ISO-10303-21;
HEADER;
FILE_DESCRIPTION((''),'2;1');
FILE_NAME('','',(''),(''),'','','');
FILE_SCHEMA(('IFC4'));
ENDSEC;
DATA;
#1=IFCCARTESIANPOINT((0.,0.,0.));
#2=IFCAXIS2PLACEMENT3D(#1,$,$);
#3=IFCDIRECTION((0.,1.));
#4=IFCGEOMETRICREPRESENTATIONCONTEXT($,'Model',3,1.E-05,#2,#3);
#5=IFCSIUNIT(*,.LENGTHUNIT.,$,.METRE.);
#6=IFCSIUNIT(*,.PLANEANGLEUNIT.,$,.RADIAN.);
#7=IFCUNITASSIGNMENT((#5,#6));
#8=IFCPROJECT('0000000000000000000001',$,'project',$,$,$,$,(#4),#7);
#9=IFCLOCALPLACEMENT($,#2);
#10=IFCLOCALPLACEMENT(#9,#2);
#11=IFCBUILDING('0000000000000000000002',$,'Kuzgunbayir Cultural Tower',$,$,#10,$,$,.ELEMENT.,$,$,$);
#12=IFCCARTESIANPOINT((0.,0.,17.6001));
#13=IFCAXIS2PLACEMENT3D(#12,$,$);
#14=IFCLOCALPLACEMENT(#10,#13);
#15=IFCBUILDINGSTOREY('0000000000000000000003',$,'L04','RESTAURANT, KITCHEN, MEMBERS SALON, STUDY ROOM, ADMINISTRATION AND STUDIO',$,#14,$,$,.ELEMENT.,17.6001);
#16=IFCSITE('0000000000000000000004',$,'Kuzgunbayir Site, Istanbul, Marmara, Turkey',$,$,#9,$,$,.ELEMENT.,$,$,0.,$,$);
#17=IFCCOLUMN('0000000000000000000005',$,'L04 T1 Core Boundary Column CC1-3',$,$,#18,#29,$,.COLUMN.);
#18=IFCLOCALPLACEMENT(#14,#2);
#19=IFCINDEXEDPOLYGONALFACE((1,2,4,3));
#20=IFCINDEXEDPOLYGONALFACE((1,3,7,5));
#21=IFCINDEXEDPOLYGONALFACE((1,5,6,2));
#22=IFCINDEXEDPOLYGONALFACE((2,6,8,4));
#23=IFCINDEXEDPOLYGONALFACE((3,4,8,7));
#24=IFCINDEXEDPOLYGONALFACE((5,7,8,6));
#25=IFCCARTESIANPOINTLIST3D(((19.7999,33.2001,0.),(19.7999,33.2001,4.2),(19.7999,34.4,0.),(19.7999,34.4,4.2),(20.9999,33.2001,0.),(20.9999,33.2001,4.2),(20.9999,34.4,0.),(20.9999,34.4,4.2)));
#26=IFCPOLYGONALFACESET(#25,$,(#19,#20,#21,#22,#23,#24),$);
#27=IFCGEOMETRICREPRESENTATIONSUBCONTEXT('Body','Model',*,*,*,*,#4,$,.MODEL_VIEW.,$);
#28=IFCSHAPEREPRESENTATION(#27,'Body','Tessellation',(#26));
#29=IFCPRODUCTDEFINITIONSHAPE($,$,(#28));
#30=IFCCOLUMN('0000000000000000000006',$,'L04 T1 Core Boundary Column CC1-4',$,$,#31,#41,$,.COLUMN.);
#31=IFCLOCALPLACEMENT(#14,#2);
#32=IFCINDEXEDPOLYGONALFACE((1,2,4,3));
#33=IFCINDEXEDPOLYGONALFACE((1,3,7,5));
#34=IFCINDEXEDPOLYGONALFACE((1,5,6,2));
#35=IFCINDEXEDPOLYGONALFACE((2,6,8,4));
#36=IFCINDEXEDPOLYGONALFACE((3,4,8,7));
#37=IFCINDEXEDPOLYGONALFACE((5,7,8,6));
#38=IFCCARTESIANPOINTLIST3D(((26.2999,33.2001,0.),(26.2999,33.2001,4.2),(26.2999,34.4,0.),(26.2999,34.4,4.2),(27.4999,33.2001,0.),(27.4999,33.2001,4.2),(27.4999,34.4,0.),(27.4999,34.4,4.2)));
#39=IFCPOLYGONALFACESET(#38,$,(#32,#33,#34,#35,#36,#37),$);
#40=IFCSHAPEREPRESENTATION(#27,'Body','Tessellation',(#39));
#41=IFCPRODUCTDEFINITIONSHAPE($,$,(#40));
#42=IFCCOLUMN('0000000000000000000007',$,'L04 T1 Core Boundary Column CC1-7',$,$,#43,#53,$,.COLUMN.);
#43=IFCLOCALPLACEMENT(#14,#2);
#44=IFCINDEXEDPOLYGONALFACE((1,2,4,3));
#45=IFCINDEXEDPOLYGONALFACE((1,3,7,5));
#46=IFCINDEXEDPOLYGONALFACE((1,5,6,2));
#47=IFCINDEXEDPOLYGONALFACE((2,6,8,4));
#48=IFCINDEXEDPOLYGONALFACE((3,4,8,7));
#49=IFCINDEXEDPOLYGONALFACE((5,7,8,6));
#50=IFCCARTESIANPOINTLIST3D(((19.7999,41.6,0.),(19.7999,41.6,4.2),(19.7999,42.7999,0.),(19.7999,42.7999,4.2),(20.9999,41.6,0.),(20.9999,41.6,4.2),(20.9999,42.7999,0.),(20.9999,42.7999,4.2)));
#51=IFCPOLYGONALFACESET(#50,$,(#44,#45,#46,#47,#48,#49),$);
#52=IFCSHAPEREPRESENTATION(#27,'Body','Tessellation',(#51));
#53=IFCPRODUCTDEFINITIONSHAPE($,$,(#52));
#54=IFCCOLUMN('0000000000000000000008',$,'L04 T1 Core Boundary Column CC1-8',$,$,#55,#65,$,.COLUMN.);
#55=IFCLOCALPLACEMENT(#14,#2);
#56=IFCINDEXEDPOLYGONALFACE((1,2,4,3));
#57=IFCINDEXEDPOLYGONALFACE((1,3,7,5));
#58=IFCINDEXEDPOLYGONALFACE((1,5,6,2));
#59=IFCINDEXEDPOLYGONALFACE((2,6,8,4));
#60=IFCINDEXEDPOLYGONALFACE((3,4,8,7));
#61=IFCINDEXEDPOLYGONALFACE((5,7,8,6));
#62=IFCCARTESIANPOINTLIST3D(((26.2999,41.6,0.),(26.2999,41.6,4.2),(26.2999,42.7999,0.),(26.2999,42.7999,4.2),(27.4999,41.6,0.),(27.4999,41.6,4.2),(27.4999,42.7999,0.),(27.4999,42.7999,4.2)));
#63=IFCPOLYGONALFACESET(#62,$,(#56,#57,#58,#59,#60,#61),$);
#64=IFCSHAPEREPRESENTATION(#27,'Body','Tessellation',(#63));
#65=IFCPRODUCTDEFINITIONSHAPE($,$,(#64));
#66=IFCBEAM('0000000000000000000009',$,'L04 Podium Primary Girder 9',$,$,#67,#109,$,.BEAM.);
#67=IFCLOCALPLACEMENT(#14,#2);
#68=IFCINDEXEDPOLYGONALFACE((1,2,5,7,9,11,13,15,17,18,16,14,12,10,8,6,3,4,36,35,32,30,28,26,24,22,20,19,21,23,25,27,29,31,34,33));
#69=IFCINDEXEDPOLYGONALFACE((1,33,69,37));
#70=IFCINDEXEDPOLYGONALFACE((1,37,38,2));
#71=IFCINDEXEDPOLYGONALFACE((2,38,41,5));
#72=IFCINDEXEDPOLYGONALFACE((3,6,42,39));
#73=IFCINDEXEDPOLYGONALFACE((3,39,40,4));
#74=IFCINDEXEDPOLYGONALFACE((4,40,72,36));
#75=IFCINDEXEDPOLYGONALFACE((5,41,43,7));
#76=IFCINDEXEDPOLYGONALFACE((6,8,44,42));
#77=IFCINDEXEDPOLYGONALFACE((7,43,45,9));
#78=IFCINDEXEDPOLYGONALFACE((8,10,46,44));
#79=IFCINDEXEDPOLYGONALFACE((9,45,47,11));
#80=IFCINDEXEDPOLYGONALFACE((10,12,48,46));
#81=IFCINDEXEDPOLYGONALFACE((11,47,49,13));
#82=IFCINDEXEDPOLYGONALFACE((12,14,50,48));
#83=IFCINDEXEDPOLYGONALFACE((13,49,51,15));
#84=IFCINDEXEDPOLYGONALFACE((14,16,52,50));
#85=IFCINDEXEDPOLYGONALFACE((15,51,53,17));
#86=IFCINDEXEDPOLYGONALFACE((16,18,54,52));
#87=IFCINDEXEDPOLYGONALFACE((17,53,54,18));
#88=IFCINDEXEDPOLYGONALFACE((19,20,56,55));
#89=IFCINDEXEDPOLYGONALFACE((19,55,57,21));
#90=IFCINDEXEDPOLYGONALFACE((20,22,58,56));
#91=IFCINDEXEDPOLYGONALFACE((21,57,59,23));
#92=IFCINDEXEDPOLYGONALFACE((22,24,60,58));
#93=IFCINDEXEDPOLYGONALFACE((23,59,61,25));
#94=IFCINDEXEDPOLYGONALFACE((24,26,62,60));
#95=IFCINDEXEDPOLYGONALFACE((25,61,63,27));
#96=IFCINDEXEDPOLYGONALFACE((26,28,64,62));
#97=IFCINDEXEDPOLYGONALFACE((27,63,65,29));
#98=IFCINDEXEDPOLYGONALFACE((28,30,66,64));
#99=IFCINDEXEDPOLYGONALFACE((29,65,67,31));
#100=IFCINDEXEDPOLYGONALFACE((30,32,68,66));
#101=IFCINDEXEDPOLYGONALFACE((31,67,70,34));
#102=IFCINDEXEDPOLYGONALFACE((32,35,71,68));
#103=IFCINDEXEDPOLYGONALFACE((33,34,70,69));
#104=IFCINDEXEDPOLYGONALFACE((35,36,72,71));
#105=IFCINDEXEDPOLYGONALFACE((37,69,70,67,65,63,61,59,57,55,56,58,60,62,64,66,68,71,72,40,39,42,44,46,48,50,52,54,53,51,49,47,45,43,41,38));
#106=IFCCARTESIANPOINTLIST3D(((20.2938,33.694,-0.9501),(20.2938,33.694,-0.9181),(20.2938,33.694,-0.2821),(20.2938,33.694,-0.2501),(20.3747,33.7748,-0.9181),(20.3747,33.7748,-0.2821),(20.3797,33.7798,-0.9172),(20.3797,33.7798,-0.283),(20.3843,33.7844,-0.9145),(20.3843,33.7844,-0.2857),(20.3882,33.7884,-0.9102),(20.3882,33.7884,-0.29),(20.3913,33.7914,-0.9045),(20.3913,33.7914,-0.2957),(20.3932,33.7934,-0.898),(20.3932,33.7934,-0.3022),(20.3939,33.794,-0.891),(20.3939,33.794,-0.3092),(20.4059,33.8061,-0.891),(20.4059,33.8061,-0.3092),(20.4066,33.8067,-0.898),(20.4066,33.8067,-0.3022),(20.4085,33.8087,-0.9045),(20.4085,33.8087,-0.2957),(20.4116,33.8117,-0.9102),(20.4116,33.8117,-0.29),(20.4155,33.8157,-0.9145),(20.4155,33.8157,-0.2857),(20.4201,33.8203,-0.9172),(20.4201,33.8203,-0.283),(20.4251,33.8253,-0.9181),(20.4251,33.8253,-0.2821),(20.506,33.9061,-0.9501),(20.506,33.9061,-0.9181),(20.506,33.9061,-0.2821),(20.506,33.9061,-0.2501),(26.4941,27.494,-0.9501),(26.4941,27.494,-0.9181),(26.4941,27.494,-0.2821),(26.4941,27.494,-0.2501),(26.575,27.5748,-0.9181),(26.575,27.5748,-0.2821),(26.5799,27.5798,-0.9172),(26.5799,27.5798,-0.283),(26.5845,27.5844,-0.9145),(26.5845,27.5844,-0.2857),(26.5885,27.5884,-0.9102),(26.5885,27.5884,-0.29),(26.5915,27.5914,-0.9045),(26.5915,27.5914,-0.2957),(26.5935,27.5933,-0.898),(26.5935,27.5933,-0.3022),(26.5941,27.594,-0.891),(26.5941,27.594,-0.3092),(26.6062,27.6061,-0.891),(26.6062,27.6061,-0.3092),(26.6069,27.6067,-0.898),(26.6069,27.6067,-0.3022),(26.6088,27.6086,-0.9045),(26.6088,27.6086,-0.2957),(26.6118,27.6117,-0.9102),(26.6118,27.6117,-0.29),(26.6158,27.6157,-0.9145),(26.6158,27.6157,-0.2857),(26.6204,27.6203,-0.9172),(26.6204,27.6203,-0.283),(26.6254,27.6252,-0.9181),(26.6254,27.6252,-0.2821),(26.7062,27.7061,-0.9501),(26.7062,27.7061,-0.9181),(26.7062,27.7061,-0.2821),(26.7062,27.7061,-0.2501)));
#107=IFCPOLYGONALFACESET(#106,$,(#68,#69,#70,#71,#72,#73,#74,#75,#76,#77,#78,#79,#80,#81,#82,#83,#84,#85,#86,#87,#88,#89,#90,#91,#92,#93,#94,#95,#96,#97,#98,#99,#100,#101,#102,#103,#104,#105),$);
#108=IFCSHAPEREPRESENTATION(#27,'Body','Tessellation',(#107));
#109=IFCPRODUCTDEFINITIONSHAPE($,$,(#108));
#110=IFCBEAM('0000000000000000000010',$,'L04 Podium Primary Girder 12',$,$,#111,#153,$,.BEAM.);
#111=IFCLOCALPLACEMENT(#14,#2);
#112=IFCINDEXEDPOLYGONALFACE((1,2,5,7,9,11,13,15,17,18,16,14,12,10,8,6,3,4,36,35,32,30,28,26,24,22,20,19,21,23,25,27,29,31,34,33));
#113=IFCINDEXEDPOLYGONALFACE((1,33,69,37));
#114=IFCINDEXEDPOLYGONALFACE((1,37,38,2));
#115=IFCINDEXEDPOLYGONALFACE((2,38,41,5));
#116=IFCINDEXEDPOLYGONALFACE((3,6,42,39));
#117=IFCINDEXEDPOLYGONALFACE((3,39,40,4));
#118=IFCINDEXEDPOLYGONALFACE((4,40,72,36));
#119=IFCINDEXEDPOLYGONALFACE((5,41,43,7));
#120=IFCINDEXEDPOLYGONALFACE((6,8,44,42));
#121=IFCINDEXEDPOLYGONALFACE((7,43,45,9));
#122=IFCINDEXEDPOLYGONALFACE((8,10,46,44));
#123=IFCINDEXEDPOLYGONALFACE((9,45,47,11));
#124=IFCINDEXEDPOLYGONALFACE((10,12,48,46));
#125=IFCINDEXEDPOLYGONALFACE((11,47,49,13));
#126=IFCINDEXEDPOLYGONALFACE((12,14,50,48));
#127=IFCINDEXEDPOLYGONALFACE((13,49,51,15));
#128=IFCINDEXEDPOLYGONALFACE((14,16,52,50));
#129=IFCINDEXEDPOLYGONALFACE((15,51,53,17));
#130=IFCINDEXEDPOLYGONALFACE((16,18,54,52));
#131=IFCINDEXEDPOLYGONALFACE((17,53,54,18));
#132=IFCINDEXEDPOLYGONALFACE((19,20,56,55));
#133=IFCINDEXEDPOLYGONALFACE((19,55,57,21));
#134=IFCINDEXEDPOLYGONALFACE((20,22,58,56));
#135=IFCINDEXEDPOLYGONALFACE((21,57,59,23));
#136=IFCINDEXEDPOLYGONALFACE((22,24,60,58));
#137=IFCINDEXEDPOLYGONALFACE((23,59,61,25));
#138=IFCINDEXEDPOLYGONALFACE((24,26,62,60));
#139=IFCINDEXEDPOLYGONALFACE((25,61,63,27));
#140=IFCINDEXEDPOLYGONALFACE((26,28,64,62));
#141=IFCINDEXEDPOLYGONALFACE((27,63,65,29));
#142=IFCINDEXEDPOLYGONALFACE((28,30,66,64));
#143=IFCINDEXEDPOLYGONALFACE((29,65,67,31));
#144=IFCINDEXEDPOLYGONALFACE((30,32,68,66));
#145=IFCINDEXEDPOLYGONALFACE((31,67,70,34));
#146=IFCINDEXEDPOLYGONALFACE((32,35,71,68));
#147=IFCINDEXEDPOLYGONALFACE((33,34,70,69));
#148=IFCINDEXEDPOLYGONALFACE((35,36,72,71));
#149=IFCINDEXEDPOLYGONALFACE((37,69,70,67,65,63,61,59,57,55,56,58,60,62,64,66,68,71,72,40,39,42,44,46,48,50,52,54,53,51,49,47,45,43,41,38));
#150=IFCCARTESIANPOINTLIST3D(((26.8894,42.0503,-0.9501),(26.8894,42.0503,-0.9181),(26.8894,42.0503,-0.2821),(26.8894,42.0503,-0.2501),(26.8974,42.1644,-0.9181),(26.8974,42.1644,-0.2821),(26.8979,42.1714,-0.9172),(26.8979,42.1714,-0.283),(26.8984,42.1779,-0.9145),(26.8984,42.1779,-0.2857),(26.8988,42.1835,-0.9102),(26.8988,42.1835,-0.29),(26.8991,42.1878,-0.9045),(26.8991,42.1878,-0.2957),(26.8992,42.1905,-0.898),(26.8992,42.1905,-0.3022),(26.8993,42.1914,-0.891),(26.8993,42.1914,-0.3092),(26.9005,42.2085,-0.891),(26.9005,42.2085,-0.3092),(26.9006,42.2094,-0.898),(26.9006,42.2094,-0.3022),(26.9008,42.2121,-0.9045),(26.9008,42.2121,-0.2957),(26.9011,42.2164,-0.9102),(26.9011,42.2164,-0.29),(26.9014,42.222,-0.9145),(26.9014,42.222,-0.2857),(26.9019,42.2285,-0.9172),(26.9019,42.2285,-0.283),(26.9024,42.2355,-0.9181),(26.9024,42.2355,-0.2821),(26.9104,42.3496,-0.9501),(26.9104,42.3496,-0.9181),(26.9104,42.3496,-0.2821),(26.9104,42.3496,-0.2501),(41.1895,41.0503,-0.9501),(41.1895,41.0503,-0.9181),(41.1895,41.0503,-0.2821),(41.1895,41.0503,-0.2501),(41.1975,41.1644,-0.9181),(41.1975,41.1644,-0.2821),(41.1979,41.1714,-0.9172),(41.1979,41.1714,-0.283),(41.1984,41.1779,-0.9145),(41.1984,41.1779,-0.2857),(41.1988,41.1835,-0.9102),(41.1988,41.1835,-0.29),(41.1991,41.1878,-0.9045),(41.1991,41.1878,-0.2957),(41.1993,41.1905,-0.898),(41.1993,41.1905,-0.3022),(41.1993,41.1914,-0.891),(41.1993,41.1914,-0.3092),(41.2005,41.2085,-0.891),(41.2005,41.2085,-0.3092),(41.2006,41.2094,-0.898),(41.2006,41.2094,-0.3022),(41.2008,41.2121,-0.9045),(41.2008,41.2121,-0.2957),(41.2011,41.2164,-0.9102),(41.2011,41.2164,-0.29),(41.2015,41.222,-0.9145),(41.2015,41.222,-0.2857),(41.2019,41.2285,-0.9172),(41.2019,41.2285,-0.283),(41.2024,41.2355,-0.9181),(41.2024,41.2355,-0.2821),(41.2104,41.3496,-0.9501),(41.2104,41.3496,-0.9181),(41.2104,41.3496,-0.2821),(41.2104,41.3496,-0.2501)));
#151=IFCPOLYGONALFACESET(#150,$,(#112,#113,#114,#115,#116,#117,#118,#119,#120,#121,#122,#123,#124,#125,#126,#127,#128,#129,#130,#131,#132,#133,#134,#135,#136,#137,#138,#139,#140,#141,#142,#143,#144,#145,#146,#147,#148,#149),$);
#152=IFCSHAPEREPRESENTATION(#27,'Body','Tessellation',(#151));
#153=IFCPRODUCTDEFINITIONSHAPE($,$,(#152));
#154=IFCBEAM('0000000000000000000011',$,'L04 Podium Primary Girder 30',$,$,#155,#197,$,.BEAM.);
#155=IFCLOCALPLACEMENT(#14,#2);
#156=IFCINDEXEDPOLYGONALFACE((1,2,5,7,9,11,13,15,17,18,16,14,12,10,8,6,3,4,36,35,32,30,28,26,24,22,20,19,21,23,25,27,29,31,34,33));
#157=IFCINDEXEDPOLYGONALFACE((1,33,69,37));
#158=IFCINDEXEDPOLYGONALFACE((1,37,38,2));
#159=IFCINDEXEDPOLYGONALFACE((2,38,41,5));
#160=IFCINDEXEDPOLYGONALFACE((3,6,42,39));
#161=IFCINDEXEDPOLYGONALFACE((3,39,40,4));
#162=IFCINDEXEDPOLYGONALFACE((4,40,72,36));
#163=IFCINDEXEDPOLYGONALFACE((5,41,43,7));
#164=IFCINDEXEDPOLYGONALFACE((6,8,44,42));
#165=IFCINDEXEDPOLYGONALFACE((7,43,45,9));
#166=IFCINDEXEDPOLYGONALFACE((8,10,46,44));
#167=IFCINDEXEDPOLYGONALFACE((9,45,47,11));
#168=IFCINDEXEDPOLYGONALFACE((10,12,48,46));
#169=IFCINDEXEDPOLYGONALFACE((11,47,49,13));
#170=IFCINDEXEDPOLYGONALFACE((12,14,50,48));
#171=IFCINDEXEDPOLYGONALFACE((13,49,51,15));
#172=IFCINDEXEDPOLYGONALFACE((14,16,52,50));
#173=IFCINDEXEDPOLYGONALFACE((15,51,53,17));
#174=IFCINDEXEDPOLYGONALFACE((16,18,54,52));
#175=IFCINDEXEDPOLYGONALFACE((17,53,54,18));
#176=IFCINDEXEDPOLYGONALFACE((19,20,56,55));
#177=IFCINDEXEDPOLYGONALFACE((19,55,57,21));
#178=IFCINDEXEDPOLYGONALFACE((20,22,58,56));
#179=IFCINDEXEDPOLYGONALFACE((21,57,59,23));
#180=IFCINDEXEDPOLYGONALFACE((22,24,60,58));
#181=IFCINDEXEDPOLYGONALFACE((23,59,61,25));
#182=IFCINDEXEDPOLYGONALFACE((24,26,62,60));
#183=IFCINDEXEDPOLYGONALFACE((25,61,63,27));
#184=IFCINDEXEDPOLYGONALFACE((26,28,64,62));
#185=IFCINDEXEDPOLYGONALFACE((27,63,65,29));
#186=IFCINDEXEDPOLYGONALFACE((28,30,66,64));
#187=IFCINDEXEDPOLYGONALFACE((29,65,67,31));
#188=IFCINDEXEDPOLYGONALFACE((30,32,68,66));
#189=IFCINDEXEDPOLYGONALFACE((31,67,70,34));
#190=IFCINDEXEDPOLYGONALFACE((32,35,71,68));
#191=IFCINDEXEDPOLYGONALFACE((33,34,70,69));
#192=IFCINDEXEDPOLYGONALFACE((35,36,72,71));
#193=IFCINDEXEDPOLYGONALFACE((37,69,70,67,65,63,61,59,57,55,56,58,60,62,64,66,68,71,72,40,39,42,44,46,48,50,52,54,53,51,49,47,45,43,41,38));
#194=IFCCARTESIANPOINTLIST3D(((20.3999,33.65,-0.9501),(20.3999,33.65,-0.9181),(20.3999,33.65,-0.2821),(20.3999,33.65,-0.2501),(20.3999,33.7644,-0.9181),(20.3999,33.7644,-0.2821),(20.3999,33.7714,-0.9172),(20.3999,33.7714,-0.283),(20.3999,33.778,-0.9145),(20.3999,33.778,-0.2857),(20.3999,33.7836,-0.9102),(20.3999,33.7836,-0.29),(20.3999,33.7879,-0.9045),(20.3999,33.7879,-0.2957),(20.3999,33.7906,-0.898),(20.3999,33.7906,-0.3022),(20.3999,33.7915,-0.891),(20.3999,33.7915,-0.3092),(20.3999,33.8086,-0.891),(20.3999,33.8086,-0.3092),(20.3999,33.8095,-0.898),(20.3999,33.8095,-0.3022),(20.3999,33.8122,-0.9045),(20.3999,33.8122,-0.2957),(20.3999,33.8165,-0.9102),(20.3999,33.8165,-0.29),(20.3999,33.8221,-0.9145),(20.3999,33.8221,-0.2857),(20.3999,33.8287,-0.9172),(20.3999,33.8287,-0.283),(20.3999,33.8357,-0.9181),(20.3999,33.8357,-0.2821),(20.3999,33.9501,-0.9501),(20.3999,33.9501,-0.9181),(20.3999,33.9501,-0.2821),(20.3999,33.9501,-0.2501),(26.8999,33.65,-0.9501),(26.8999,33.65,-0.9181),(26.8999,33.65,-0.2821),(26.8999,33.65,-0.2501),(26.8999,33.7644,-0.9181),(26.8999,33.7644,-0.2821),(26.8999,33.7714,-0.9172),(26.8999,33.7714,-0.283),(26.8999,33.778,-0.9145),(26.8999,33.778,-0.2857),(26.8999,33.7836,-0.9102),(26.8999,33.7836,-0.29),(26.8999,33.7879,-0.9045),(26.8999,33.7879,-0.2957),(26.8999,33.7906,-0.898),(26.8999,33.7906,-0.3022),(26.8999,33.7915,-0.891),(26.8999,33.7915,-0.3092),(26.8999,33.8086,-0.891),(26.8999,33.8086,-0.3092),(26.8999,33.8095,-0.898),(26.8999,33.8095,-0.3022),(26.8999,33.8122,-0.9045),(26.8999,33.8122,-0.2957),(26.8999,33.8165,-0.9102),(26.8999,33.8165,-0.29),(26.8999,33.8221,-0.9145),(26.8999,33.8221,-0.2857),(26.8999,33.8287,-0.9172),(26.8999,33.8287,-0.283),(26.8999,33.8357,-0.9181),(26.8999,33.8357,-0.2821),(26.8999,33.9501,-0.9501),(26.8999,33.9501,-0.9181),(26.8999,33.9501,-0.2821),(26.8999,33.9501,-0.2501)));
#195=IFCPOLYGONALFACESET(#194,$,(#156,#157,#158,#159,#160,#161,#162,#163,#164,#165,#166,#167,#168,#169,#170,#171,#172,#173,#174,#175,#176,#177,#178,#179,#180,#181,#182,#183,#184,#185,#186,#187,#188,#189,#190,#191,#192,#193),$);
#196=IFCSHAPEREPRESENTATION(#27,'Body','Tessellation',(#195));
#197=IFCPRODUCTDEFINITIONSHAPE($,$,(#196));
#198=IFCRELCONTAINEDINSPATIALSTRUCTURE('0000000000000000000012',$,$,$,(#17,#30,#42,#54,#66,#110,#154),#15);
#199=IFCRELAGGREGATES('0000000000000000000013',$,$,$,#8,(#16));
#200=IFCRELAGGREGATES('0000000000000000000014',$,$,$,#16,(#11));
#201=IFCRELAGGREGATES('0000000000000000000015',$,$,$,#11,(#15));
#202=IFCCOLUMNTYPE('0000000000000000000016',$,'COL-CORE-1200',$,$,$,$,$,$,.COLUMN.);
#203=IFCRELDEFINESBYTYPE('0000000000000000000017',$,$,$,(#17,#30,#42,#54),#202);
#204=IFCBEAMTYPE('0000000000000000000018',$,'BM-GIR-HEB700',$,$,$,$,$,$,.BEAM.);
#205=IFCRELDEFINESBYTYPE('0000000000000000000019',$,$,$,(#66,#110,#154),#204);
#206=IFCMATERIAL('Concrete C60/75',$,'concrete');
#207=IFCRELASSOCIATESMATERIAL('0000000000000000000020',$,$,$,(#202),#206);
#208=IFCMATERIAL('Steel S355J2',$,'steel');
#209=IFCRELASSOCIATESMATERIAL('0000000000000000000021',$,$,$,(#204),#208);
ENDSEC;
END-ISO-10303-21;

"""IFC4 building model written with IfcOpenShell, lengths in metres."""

from ifc_helpers import new_model, si_unit, direction, frame, origin, origin_2d, place, context, subcontext, project, spatial, rectangle, i_section, extrude, material, material_profile, profile_set, type_object, element, save


model = new_model("IFC4")

# Units and contexts
model_context = context("Model", 3, precision=1e-05, world=origin(), true_north=direction((0.0, 1.0)))
body_context = subcontext(model_context, "Body", "Model", "MODEL_VIEW")
ifc_project = project(units=[si_unit("LENGTHUNIT", "METRE"), si_unit("PLANEANGLEUNIT", "RADIAN")], contexts=[model_context])

# Site, building, storey
site_placement = place(None, origin())
site = spatial("IfcSite", under=ifc_project, at=site_placement, Name="Kuzgunbayir Site, Istanbul, Marmara, Turkey", CompositionType="ELEMENT", RefElevation=0.0)
building_placement = place(site_placement, origin())
building = spatial("IfcBuilding", under=site, at=building_placement, Name="Kuzgunbayir Cultural Tower", CompositionType="ELEMENT")
storey_placement = place(building_placement, frame((0.0, 0.0, 17.6001)))
storey = spatial("IfcBuildingStorey", under=building, at=storey_placement, Name="L04", Description="RESTAURANT, KITCHEN, MEMBERS SALON, STUDY ROOM, ADMINISTRATION AND STUDIO", CompositionType="ELEMENT", Elevation=17.6001)

# Columns
ifc_material_1 = material(Name="Concrete C60/75", Category="concrete")
ifc_material_profile_1 = material_profile(ifc_material_1, rectangle(XDim=1.2, YDim=1.2, at=origin_2d()), Name="RC 1200x1200")
ifc_profile_set_1 = profile_set([ifc_material_profile_1], Name="Concrete C60/75")
column_type = type_object("IfcColumnType", Name="COL-CORE-1200", PredefinedType="COLUMN", material=ifc_profile_set_1)
for number, where, z_axis, x_axis, name in (
    (1, (20.3999, 33.8, 0.0), (0.0, 0.0, 1.0), (1.0, 0.0, 0.0), "L04 T1 Core Boundary Column CC1-3"),
    (2, (26.8999, 33.8, 0.0), (0.0, 0.0, 1.0), (1.0, 0.0, 0.0), "L04 T1 Core Boundary Column CC1-4"),
    (3, (20.3999, 42.2, 0.0), (0.0, 0.0, 1.0), (1.0, 0.0, 0.0), "L04 T1 Core Boundary Column CC1-7"),
    (4, (26.8999, 42.2, 0.0), (0.0, 0.0, 1.0), (1.0, 0.0, 0.0), "L04 T1 Core Boundary Column CC1-8"),
):
    element("IfcColumn", number, at=place(storey_placement, frame(where, z_axis=z_axis, x_axis=x_axis)), inside=storey, type_object=column_type, Name=name, PredefinedType="COLUMN", context=body_context, shape_type="SweptSolid", body=[
        extrude(rectangle(XDim=1.2, YDim=1.2, at=origin_2d()), origin(), (0.0, 0.0, 1.0), 4.2),
    ])

# Beams
ifc_material_2 = material(Name="Steel S355J2", Category="steel")
ifc_material_profile_2 = material_profile(ifc_material_2, i_section(OverallWidth=0.3, OverallDepth=0.7, WebThickness=0.0171, FlangeThickness=0.032, FilletRadius=0.0271, at=origin_2d()), Name="HEB 700")
ifc_profile_set_2 = profile_set([ifc_material_profile_2], Name="Steel S355J2")
beam_type = type_object("IfcBeamType", Name="BM-GIR-HEB700", PredefinedType="BEAM", material=ifc_profile_set_2)
beam_1_placement = place(storey_placement, frame((20.3999, 33.8, -0.6001), z_axis=(0.707121, -0.707093, 0.0), x_axis=(0.707093, 0.707121, 0.0)))
element("IfcBeam", 5, at=beam_1_placement, inside=storey, type_object=beam_type, Name="L04 Podium Primary Girder 9", PredefinedType="BEAM", context=body_context, shape_type="SweptSolid", body=[
    extrude(i_section(OverallWidth=0.3, OverallDepth=0.7, WebThickness=0.0171, FlangeThickness=0.032, FilletRadius=0.0271, at=origin_2d()), origin(), (0.0, 0.0, 1.0), 8.7683),
])
beam_2_placement = place(storey_placement, frame((26.8999, 42.2, -0.6001), z_axis=(0.997564, -0.069759, 0.0), x_axis=(0.069759, 0.997564, 0.0)))
element("IfcBeam", 6, at=beam_2_placement, inside=storey, type_object=beam_type, Name="L04 Podium Primary Girder 12", PredefinedType="BEAM", context=body_context, shape_type="SweptSolid", body=[
    extrude(i_section(OverallWidth=0.3, OverallDepth=0.7, WebThickness=0.0171, FlangeThickness=0.032, FilletRadius=0.0271, at=origin_2d()), origin(), (0.0, 0.0, 1.0), 14.335),
])
beam_3_placement = place(storey_placement, frame((20.3999, 33.8, -0.6001), z_axis=(1.0, 0.0, 0.0), x_axis=(0.0, 1.0, 0.0)))
element("IfcBeam", 7, at=beam_3_placement, inside=storey, type_object=beam_type, Name="L04 Podium Primary Girder 30", PredefinedType="BEAM", context=body_context, shape_type="SweptSolid", body=[
    extrude(i_section(OverallWidth=0.3, OverallDepth=0.7, WebThickness=0.0171, FlangeThickness=0.032, FilletRadius=0.0271, at=origin_2d()), origin(), (0.0, 0.0, 1.0), 6.5),
])

save(model, "model.ifc")
